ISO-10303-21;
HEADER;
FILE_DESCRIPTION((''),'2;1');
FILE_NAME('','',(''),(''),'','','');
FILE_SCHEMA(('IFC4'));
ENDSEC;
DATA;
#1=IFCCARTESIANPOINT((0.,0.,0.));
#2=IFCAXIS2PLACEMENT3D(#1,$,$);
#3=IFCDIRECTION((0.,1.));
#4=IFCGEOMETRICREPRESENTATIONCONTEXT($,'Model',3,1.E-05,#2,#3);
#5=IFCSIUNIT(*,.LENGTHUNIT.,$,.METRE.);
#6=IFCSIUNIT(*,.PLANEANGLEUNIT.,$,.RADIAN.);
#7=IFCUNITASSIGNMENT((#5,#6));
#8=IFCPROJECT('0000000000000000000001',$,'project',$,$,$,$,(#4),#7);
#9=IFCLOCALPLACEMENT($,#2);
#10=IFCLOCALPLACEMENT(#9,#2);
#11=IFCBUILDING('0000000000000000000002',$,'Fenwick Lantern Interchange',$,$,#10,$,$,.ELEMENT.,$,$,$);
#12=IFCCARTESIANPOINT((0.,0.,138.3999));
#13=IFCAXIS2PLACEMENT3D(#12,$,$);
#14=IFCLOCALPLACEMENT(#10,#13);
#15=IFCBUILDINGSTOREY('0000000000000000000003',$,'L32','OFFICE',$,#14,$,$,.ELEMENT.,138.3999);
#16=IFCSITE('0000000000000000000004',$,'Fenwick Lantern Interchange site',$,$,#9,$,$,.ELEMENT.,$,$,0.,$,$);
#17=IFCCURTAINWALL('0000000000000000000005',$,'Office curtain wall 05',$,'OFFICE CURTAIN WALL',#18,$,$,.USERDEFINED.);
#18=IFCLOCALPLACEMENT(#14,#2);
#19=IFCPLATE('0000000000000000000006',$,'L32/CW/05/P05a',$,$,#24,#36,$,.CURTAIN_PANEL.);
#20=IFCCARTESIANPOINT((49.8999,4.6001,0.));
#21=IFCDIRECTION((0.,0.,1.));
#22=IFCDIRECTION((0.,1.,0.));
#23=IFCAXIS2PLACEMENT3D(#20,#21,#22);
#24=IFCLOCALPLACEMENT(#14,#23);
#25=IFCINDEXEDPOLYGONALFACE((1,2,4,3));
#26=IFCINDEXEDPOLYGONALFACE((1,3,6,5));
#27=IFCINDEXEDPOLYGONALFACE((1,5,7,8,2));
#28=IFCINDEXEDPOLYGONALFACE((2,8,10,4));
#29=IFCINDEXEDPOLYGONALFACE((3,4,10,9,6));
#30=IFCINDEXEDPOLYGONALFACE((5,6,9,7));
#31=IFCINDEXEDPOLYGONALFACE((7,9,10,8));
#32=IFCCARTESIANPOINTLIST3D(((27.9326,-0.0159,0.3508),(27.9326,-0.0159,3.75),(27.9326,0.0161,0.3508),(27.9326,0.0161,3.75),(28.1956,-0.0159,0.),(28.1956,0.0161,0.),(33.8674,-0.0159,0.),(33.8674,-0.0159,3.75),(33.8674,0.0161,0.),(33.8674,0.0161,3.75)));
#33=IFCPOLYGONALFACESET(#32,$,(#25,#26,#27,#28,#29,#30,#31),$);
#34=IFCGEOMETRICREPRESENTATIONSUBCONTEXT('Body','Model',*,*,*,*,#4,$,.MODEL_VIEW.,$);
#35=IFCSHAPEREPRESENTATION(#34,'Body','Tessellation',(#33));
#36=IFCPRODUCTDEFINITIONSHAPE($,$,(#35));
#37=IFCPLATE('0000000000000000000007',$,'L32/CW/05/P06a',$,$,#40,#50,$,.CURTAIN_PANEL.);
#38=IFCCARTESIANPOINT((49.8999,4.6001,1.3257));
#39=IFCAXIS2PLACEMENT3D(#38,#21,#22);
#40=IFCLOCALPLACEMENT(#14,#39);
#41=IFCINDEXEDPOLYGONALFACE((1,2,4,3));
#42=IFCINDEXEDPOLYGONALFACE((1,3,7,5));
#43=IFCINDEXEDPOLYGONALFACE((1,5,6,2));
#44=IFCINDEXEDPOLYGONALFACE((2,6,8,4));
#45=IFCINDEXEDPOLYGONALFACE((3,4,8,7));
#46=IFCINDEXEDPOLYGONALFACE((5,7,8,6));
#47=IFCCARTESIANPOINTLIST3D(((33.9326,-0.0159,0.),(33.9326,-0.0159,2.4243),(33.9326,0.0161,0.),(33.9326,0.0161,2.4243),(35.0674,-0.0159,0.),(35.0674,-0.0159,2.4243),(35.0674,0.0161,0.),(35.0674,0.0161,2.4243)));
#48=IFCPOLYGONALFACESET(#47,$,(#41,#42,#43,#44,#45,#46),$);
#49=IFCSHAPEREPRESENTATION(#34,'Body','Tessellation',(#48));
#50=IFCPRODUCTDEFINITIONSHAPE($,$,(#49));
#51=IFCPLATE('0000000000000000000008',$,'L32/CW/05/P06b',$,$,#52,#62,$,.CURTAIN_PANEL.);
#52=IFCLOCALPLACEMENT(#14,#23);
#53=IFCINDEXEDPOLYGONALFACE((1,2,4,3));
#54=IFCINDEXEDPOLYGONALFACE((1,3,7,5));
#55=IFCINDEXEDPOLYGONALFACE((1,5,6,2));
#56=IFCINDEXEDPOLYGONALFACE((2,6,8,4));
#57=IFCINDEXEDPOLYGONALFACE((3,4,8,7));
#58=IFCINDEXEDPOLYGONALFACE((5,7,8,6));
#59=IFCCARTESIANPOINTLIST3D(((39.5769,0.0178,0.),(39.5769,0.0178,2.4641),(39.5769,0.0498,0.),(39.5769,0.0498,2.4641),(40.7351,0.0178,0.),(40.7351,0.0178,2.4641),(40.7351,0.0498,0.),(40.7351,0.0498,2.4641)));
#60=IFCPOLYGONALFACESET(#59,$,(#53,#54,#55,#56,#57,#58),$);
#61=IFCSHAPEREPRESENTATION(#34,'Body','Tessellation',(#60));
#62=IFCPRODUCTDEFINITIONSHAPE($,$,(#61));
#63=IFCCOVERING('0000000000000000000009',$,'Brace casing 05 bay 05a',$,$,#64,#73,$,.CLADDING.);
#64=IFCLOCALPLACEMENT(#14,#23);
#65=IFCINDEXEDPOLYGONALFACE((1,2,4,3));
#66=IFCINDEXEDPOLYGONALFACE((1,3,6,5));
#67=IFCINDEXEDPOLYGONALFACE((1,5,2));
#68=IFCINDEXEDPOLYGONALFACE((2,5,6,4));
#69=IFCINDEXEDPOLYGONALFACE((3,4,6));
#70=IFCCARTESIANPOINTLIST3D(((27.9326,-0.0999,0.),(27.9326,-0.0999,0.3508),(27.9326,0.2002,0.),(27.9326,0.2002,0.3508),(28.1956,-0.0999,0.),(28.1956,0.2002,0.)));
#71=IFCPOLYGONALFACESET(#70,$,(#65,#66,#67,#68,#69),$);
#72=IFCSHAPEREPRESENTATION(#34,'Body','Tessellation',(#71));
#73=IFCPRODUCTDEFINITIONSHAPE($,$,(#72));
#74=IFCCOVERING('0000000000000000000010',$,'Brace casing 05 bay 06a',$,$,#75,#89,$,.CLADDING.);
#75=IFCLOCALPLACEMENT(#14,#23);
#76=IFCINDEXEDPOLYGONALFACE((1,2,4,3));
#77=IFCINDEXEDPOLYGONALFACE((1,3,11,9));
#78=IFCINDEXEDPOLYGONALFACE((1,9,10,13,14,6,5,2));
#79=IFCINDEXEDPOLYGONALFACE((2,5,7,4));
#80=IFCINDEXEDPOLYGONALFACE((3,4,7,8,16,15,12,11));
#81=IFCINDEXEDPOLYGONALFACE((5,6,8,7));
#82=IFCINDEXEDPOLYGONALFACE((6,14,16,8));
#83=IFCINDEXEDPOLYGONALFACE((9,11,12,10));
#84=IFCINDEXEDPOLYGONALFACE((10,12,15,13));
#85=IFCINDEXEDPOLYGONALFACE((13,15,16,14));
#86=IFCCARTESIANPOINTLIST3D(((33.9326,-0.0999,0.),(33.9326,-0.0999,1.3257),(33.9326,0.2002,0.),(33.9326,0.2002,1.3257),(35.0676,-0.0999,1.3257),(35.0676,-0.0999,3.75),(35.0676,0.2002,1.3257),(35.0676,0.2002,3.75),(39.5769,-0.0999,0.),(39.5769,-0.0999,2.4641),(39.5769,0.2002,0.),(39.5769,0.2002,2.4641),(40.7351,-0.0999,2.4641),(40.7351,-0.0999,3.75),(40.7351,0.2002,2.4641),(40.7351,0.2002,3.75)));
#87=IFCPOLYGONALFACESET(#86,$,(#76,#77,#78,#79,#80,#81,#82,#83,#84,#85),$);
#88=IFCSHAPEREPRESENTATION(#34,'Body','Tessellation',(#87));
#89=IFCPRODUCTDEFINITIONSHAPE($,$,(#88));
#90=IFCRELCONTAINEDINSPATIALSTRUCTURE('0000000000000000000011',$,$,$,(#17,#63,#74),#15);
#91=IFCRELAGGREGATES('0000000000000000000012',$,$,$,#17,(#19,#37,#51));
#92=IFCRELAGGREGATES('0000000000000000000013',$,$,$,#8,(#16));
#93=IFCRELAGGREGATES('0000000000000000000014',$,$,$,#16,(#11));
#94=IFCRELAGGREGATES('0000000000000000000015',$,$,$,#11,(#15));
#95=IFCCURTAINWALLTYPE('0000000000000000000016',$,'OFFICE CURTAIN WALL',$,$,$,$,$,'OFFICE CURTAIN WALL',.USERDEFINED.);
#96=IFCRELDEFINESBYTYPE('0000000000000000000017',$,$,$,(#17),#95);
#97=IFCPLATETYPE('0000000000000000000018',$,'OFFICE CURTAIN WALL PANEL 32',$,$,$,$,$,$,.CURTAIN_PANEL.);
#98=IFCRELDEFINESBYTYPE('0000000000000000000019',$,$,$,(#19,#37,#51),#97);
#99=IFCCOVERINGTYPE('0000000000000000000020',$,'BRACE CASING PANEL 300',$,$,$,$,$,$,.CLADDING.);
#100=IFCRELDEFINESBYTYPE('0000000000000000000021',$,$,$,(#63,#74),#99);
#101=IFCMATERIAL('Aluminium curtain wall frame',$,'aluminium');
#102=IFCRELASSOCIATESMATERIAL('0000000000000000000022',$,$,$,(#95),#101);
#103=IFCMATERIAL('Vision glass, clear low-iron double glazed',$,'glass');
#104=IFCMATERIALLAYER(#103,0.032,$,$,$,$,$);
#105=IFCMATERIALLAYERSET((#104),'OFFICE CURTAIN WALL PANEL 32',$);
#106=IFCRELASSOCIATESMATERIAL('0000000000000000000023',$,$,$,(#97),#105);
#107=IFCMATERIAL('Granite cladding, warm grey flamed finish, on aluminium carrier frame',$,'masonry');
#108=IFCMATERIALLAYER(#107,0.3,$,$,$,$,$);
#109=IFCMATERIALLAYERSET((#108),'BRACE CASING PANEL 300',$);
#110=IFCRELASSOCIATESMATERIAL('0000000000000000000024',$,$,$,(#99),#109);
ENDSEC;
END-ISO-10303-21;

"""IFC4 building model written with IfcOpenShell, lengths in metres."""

from ifc_helpers import new_model, si_unit, direction, frame, origin, place, context, subcontext, project, spatial, polyline, outline, extrude, material, layer, layer_set, type_object, element, aggregate, save


model = new_model("IFC4")

# Units and contexts
model_context = context("Model", 3, precision=1e-05, world=origin(), true_north=direction((0.0, 1.0)))
body_context = subcontext(model_context, "Body", "Model", "MODEL_VIEW")
ifc_project = project(units=[si_unit("LENGTHUNIT", "METRE"), si_unit("PLANEANGLEUNIT", "RADIAN")], contexts=[model_context])

# Site, building, storey
site_placement = place(None, origin())
site = spatial("IfcSite", under=ifc_project, at=site_placement, Name="Fenwick Lantern Interchange site", CompositionType="ELEMENT", RefElevation=0.0)
building_placement = place(site_placement, origin())
building = spatial("IfcBuilding", under=site, at=building_placement, Name="Fenwick Lantern Interchange", CompositionType="ELEMENT")
storey_placement = place(building_placement, frame((0.0, 0.0, 138.3999)))
storey = spatial("IfcBuildingStorey", under=building, at=storey_placement, Name="L32", Description="OFFICE", CompositionType="ELEMENT", Elevation=138.3999)

# Curtain wall, plates
ifc_material_1 = material(Name="Aluminium curtain wall frame", Category="aluminium")
curtain_wall_type = type_object("IfcCurtainWallType", Name="OFFICE CURTAIN WALL", ElementType="OFFICE CURTAIN WALL", PredefinedType="USERDEFINED", material=ifc_material_1)
curtain_wall_placement = place(storey_placement, origin())
curtain_wall = element("IfcCurtainWall", 1, at=curtain_wall_placement, inside=storey, type_object=curtain_wall_type, Name="Office curtain wall 05", ObjectType="OFFICE CURTAIN WALL", PredefinedType="USERDEFINED")
ifc_material_2 = material(Name="Vision glass, clear low-iron double glazed", Category="glass")
ifc_layer_1 = layer(ifc_material_2, 0.032)
ifc_layer_set_1 = layer_set([ifc_layer_1], Name="OFFICE CURTAIN WALL PANEL 32")
plate_type = type_object("IfcPlateType", Name="OFFICE CURTAIN WALL PANEL 32", PredefinedType="CURTAIN_PANEL", material=ifc_layer_set_1)
plate_1_placement = place(storey_placement, frame((49.8999, 4.6001, 0.0), z_axis=(0.0, 0.0, 1.0), x_axis=(0.0, 1.0, 0.0)))
plate_1 = element("IfcPlate", 2, at=plate_1_placement, type_object=plate_type, Name="L32/CW/05/P05a", PredefinedType="CURTAIN_PANEL", context=body_context, shape_type="SweptSolid", body=[
    extrude(outline(polyline([(28.1956, 0.0), (33.8674, 0.0), (33.8674, 3.75), (27.9326, 3.75), (27.9326, 0.3508), (28.1956, 0.0)])), frame((0.0, 0.0161, 0.0), z_axis=(0.0, -1.0, 0.0), x_axis=(1.0, 0.0, 0.0)), (0.0, 0.0, 1.0), 0.032),
])
plate_2_placement = place(storey_placement, frame((49.8999, 4.6001, 1.3257), z_axis=(0.0, 0.0, 1.0), x_axis=(0.0, 1.0, 0.0)))
plate_2 = element("IfcPlate", 3, at=plate_2_placement, type_object=plate_type, Name="L32/CW/05/P06a", PredefinedType="CURTAIN_PANEL", context=body_context, shape_type="SweptSolid", body=[
    extrude(outline(polyline([(33.9326, 0.0), (35.0674, 0.0), (35.0674, 2.4243), (33.9326, 2.4243), (33.9326, 0.0)])), frame((0.0, 0.0161, 0.0), z_axis=(0.0, -1.0, 0.0), x_axis=(1.0, 0.0, 0.0)), (0.0, 0.0, 1.0), 0.032),
])
plate_3_placement = place(storey_placement, frame((49.8999, 4.6001, 0.0), z_axis=(0.0, 0.0, 1.0), x_axis=(0.0, 1.0, 0.0)))
plate_3 = element("IfcPlate", 4, at=plate_3_placement, type_object=plate_type, Name="L32/CW/05/P06b", PredefinedType="CURTAIN_PANEL", context=body_context, shape_type="SweptSolid", body=[
    extrude(outline(polyline([(39.5769, 0.0), (40.7351, 0.0), (40.7351, 2.4641), (39.5769, 2.4641), (39.5769, 0.0)])), frame((0.0, 0.0498, 0.0), z_axis=(0.0, -1.0, 0.0), x_axis=(1.0, 0.0, 0.0)), (0.0, 0.0, 1.0), 0.032),
])
aggregate(curtain_wall, [plate_1, plate_2, plate_3])

# Coverings
ifc_material_3 = material(Name="Granite cladding, warm grey flamed finish, on aluminium carrier frame", Category="masonry")
ifc_layer_2 = layer(ifc_material_3, 0.3)
ifc_layer_set_2 = layer_set([ifc_layer_2], Name="BRACE CASING PANEL 300")
covering_type = type_object("IfcCoveringType", Name="BRACE CASING PANEL 300", PredefinedType="CLADDING", material=ifc_layer_set_2)
covering_1_placement = place(storey_placement, frame((49.8999, 4.6001, 0.0), z_axis=(0.0, 0.0, 1.0), x_axis=(0.0, 1.0, 0.0)))
element("IfcCovering", 5, at=covering_1_placement, inside=storey, type_object=covering_type, Name="Brace casing 05 bay 05a", PredefinedType="CLADDING", context=body_context, shape_type="SweptSolid", body=[
    extrude(outline(polyline([(27.9326, 0.0), (28.1956, 0.0), (27.9326, 0.3508), (27.9326, 0.0)])), frame((0.0, 0.2002, 0.0), z_axis=(0.0, -1.0, 0.0), x_axis=(1.0, 0.0, 0.0)), (0.0, 0.0, 1.0), 0.3),
])
covering_2_placement = place(storey_placement, frame((49.8999, 4.6001, 0.0), z_axis=(0.0, 0.0, 1.0), x_axis=(0.0, 1.0, 0.0)))
element("IfcCovering", 6, at=covering_2_placement, inside=storey, type_object=covering_type, Name="Brace casing 05 bay 06a", PredefinedType="CLADDING", context=body_context, shape_type="SweptSolid", body=[
    extrude(outline(polyline([(33.9326, 0.0), (39.5769, 0.0), (39.5769, 2.4641), (40.7351, 2.4641), (40.7351, 3.75), (35.0676, 3.75), (35.0676, 1.3257), (33.9326, 1.3257), (33.9326, 0.0)])), frame((0.0, 0.2002, 0.0), z_axis=(0.0, -1.0, 0.0), x_axis=(1.0, 0.0, 0.0)), (0.0, 0.0, 1.0), 0.3),
])

save(model, "model.ifc")
